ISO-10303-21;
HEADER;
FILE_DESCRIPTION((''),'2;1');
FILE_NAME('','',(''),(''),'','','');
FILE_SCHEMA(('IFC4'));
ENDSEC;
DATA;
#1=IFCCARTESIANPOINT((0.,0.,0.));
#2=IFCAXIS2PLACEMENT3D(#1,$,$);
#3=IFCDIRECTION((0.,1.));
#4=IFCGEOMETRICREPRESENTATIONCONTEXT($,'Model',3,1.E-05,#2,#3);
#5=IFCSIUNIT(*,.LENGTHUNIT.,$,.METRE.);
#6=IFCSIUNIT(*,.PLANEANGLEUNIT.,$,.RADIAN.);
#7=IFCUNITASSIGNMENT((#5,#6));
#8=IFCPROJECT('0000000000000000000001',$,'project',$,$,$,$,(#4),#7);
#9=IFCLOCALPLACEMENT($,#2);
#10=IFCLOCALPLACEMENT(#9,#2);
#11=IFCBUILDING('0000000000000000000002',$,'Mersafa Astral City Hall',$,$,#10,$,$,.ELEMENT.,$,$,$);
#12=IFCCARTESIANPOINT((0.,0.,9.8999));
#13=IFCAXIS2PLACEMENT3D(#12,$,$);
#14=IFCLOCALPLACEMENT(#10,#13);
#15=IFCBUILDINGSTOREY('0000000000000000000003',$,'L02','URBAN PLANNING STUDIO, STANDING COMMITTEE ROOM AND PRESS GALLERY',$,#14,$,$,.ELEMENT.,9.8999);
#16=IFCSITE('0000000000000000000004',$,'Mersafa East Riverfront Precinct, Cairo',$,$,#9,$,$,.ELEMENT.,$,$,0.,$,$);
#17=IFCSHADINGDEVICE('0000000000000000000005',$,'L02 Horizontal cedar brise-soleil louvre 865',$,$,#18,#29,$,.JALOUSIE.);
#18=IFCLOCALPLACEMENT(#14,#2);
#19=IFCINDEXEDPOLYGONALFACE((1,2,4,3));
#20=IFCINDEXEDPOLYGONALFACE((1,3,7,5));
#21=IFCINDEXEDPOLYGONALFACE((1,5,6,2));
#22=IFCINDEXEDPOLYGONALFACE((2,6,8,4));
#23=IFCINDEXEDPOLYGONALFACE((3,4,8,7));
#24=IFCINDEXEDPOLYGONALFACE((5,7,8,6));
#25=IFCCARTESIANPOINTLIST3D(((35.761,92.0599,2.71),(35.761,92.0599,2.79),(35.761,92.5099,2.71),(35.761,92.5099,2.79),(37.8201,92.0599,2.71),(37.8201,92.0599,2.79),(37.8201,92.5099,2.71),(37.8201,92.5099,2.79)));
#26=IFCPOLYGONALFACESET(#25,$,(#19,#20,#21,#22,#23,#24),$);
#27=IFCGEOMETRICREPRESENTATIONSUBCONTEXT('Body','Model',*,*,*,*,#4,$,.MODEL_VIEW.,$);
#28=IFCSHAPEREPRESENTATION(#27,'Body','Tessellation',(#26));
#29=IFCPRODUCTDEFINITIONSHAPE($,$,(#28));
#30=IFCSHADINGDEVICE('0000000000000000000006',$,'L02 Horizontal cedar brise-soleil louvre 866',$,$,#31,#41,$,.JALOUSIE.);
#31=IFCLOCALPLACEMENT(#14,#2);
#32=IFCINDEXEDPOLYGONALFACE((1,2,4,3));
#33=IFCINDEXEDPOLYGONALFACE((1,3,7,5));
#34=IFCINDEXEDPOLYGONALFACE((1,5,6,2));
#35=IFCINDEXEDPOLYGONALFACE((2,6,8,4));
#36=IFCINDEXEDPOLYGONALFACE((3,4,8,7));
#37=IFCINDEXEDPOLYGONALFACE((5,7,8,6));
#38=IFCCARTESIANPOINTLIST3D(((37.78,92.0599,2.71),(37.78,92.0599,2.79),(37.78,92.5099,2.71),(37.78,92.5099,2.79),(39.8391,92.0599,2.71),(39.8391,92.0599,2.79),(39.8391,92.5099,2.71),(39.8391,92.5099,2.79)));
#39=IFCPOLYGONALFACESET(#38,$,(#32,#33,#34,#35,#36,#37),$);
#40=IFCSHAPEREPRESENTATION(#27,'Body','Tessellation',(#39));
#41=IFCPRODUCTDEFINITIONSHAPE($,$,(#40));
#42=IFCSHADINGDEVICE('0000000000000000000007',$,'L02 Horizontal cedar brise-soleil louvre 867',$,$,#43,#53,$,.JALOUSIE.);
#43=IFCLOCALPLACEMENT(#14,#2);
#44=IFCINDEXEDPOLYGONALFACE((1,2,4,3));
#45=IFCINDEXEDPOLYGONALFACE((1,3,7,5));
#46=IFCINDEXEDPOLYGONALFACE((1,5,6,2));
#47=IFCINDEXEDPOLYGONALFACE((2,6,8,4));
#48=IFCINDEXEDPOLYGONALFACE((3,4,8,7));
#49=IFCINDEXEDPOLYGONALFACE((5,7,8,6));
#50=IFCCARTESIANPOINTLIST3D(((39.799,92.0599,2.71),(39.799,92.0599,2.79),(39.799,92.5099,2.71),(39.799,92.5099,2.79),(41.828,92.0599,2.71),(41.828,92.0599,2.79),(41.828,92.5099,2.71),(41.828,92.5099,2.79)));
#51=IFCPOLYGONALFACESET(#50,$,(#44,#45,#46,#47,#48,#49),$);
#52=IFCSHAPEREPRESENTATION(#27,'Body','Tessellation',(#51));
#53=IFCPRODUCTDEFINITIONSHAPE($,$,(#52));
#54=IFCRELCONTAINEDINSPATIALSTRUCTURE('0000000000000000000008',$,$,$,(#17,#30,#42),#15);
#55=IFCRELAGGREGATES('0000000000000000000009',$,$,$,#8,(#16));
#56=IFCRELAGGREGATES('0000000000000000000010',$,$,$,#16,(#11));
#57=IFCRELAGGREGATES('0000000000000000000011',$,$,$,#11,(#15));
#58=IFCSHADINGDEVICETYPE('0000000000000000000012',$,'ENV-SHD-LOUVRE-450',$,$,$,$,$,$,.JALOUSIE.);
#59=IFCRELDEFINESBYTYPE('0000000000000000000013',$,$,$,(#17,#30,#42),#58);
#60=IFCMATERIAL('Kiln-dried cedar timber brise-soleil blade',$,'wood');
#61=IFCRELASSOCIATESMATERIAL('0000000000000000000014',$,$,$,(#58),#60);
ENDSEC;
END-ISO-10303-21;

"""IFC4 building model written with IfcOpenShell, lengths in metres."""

from ifc_helpers import new_model, si_unit, direction, frame, origin, origin_2d, place, context, subcontext, project, spatial, rectangle, extrude, material, type_object, element, save


model = new_model("IFC4")

# Units and contexts
model_context = context("Model", 3, precision=1e-05, world=origin(), true_north=direction((0.0, 1.0)))
body_context = subcontext(model_context, "Body", "Model", "MODEL_VIEW")
ifc_project = project(units=[si_unit("LENGTHUNIT", "METRE"), si_unit("PLANEANGLEUNIT", "RADIAN")], contexts=[model_context])

# Site, building, storey
site_placement = place(None, origin())
site = spatial("IfcSite", under=ifc_project, at=site_placement, Name="Mersafa East Riverfront Precinct, Cairo", CompositionType="ELEMENT", RefElevation=0.0)
building_placement = place(site_placement, origin())
building = spatial("IfcBuilding", under=site, at=building_placement, Name="Mersafa Astral City Hall", CompositionType="ELEMENT")
storey_placement = place(building_placement, frame((0.0, 0.0, 9.8999)))
storey = spatial("IfcBuildingStorey", under=building, at=storey_placement, Name="L02", Description="URBAN PLANNING STUDIO, STANDING COMMITTEE ROOM AND PRESS GALLERY", CompositionType="ELEMENT", Elevation=9.8999)

# Shading devices
ifc_material_1 = material(Name="Kiln-dried cedar timber brise-soleil blade", Category="wood")
shading_device_type = type_object("IfcShadingDeviceType", Name="ENV-SHD-LOUVRE-450", PredefinedType="JALOUSIE", material=ifc_material_1)
for number, where, z_axis, x_axis, name in (
    (1, (36.7905, 92.2849, 2.71), (0.0, 0.0, 1.0), (1.0, 0.0, 0.0), "L02 Horizontal cedar brise-soleil louvre 865"),
    (2, (38.8096, 92.2849, 2.71), (0.0, 0.0, 1.0), (1.0, 0.0, 0.0), "L02 Horizontal cedar brise-soleil louvre 866"),
):
    element("IfcShadingDevice", number, at=place(storey_placement, frame(where, z_axis=z_axis, x_axis=x_axis)), inside=storey, type_object=shading_device_type, Name=name, PredefinedType="JALOUSIE", context=body_context, shape_type="SweptSolid", body=[
        extrude(rectangle(XDim=2.0591, YDim=0.45, at=origin_2d()), origin(), (0.0, 0.0, 1.0), 0.0801),
    ])
shading_device_1_placement = place(storey_placement, frame((40.8135, 92.2849, 2.71), z_axis=(0.0, 0.0, 1.0), x_axis=(1.0, 0.0, 0.0)))
element("IfcShadingDevice", 3, at=shading_device_1_placement, inside=storey, type_object=shading_device_type, Name="L02 Horizontal cedar brise-soleil louvre 867", PredefinedType="JALOUSIE", context=body_context, shape_type="SweptSolid", body=[
    extrude(rectangle(XDim=2.0291, YDim=0.45, at=origin_2d()), origin(), (0.0, 0.0, 1.0), 0.0801),
])

save(model, "model.ifc")
